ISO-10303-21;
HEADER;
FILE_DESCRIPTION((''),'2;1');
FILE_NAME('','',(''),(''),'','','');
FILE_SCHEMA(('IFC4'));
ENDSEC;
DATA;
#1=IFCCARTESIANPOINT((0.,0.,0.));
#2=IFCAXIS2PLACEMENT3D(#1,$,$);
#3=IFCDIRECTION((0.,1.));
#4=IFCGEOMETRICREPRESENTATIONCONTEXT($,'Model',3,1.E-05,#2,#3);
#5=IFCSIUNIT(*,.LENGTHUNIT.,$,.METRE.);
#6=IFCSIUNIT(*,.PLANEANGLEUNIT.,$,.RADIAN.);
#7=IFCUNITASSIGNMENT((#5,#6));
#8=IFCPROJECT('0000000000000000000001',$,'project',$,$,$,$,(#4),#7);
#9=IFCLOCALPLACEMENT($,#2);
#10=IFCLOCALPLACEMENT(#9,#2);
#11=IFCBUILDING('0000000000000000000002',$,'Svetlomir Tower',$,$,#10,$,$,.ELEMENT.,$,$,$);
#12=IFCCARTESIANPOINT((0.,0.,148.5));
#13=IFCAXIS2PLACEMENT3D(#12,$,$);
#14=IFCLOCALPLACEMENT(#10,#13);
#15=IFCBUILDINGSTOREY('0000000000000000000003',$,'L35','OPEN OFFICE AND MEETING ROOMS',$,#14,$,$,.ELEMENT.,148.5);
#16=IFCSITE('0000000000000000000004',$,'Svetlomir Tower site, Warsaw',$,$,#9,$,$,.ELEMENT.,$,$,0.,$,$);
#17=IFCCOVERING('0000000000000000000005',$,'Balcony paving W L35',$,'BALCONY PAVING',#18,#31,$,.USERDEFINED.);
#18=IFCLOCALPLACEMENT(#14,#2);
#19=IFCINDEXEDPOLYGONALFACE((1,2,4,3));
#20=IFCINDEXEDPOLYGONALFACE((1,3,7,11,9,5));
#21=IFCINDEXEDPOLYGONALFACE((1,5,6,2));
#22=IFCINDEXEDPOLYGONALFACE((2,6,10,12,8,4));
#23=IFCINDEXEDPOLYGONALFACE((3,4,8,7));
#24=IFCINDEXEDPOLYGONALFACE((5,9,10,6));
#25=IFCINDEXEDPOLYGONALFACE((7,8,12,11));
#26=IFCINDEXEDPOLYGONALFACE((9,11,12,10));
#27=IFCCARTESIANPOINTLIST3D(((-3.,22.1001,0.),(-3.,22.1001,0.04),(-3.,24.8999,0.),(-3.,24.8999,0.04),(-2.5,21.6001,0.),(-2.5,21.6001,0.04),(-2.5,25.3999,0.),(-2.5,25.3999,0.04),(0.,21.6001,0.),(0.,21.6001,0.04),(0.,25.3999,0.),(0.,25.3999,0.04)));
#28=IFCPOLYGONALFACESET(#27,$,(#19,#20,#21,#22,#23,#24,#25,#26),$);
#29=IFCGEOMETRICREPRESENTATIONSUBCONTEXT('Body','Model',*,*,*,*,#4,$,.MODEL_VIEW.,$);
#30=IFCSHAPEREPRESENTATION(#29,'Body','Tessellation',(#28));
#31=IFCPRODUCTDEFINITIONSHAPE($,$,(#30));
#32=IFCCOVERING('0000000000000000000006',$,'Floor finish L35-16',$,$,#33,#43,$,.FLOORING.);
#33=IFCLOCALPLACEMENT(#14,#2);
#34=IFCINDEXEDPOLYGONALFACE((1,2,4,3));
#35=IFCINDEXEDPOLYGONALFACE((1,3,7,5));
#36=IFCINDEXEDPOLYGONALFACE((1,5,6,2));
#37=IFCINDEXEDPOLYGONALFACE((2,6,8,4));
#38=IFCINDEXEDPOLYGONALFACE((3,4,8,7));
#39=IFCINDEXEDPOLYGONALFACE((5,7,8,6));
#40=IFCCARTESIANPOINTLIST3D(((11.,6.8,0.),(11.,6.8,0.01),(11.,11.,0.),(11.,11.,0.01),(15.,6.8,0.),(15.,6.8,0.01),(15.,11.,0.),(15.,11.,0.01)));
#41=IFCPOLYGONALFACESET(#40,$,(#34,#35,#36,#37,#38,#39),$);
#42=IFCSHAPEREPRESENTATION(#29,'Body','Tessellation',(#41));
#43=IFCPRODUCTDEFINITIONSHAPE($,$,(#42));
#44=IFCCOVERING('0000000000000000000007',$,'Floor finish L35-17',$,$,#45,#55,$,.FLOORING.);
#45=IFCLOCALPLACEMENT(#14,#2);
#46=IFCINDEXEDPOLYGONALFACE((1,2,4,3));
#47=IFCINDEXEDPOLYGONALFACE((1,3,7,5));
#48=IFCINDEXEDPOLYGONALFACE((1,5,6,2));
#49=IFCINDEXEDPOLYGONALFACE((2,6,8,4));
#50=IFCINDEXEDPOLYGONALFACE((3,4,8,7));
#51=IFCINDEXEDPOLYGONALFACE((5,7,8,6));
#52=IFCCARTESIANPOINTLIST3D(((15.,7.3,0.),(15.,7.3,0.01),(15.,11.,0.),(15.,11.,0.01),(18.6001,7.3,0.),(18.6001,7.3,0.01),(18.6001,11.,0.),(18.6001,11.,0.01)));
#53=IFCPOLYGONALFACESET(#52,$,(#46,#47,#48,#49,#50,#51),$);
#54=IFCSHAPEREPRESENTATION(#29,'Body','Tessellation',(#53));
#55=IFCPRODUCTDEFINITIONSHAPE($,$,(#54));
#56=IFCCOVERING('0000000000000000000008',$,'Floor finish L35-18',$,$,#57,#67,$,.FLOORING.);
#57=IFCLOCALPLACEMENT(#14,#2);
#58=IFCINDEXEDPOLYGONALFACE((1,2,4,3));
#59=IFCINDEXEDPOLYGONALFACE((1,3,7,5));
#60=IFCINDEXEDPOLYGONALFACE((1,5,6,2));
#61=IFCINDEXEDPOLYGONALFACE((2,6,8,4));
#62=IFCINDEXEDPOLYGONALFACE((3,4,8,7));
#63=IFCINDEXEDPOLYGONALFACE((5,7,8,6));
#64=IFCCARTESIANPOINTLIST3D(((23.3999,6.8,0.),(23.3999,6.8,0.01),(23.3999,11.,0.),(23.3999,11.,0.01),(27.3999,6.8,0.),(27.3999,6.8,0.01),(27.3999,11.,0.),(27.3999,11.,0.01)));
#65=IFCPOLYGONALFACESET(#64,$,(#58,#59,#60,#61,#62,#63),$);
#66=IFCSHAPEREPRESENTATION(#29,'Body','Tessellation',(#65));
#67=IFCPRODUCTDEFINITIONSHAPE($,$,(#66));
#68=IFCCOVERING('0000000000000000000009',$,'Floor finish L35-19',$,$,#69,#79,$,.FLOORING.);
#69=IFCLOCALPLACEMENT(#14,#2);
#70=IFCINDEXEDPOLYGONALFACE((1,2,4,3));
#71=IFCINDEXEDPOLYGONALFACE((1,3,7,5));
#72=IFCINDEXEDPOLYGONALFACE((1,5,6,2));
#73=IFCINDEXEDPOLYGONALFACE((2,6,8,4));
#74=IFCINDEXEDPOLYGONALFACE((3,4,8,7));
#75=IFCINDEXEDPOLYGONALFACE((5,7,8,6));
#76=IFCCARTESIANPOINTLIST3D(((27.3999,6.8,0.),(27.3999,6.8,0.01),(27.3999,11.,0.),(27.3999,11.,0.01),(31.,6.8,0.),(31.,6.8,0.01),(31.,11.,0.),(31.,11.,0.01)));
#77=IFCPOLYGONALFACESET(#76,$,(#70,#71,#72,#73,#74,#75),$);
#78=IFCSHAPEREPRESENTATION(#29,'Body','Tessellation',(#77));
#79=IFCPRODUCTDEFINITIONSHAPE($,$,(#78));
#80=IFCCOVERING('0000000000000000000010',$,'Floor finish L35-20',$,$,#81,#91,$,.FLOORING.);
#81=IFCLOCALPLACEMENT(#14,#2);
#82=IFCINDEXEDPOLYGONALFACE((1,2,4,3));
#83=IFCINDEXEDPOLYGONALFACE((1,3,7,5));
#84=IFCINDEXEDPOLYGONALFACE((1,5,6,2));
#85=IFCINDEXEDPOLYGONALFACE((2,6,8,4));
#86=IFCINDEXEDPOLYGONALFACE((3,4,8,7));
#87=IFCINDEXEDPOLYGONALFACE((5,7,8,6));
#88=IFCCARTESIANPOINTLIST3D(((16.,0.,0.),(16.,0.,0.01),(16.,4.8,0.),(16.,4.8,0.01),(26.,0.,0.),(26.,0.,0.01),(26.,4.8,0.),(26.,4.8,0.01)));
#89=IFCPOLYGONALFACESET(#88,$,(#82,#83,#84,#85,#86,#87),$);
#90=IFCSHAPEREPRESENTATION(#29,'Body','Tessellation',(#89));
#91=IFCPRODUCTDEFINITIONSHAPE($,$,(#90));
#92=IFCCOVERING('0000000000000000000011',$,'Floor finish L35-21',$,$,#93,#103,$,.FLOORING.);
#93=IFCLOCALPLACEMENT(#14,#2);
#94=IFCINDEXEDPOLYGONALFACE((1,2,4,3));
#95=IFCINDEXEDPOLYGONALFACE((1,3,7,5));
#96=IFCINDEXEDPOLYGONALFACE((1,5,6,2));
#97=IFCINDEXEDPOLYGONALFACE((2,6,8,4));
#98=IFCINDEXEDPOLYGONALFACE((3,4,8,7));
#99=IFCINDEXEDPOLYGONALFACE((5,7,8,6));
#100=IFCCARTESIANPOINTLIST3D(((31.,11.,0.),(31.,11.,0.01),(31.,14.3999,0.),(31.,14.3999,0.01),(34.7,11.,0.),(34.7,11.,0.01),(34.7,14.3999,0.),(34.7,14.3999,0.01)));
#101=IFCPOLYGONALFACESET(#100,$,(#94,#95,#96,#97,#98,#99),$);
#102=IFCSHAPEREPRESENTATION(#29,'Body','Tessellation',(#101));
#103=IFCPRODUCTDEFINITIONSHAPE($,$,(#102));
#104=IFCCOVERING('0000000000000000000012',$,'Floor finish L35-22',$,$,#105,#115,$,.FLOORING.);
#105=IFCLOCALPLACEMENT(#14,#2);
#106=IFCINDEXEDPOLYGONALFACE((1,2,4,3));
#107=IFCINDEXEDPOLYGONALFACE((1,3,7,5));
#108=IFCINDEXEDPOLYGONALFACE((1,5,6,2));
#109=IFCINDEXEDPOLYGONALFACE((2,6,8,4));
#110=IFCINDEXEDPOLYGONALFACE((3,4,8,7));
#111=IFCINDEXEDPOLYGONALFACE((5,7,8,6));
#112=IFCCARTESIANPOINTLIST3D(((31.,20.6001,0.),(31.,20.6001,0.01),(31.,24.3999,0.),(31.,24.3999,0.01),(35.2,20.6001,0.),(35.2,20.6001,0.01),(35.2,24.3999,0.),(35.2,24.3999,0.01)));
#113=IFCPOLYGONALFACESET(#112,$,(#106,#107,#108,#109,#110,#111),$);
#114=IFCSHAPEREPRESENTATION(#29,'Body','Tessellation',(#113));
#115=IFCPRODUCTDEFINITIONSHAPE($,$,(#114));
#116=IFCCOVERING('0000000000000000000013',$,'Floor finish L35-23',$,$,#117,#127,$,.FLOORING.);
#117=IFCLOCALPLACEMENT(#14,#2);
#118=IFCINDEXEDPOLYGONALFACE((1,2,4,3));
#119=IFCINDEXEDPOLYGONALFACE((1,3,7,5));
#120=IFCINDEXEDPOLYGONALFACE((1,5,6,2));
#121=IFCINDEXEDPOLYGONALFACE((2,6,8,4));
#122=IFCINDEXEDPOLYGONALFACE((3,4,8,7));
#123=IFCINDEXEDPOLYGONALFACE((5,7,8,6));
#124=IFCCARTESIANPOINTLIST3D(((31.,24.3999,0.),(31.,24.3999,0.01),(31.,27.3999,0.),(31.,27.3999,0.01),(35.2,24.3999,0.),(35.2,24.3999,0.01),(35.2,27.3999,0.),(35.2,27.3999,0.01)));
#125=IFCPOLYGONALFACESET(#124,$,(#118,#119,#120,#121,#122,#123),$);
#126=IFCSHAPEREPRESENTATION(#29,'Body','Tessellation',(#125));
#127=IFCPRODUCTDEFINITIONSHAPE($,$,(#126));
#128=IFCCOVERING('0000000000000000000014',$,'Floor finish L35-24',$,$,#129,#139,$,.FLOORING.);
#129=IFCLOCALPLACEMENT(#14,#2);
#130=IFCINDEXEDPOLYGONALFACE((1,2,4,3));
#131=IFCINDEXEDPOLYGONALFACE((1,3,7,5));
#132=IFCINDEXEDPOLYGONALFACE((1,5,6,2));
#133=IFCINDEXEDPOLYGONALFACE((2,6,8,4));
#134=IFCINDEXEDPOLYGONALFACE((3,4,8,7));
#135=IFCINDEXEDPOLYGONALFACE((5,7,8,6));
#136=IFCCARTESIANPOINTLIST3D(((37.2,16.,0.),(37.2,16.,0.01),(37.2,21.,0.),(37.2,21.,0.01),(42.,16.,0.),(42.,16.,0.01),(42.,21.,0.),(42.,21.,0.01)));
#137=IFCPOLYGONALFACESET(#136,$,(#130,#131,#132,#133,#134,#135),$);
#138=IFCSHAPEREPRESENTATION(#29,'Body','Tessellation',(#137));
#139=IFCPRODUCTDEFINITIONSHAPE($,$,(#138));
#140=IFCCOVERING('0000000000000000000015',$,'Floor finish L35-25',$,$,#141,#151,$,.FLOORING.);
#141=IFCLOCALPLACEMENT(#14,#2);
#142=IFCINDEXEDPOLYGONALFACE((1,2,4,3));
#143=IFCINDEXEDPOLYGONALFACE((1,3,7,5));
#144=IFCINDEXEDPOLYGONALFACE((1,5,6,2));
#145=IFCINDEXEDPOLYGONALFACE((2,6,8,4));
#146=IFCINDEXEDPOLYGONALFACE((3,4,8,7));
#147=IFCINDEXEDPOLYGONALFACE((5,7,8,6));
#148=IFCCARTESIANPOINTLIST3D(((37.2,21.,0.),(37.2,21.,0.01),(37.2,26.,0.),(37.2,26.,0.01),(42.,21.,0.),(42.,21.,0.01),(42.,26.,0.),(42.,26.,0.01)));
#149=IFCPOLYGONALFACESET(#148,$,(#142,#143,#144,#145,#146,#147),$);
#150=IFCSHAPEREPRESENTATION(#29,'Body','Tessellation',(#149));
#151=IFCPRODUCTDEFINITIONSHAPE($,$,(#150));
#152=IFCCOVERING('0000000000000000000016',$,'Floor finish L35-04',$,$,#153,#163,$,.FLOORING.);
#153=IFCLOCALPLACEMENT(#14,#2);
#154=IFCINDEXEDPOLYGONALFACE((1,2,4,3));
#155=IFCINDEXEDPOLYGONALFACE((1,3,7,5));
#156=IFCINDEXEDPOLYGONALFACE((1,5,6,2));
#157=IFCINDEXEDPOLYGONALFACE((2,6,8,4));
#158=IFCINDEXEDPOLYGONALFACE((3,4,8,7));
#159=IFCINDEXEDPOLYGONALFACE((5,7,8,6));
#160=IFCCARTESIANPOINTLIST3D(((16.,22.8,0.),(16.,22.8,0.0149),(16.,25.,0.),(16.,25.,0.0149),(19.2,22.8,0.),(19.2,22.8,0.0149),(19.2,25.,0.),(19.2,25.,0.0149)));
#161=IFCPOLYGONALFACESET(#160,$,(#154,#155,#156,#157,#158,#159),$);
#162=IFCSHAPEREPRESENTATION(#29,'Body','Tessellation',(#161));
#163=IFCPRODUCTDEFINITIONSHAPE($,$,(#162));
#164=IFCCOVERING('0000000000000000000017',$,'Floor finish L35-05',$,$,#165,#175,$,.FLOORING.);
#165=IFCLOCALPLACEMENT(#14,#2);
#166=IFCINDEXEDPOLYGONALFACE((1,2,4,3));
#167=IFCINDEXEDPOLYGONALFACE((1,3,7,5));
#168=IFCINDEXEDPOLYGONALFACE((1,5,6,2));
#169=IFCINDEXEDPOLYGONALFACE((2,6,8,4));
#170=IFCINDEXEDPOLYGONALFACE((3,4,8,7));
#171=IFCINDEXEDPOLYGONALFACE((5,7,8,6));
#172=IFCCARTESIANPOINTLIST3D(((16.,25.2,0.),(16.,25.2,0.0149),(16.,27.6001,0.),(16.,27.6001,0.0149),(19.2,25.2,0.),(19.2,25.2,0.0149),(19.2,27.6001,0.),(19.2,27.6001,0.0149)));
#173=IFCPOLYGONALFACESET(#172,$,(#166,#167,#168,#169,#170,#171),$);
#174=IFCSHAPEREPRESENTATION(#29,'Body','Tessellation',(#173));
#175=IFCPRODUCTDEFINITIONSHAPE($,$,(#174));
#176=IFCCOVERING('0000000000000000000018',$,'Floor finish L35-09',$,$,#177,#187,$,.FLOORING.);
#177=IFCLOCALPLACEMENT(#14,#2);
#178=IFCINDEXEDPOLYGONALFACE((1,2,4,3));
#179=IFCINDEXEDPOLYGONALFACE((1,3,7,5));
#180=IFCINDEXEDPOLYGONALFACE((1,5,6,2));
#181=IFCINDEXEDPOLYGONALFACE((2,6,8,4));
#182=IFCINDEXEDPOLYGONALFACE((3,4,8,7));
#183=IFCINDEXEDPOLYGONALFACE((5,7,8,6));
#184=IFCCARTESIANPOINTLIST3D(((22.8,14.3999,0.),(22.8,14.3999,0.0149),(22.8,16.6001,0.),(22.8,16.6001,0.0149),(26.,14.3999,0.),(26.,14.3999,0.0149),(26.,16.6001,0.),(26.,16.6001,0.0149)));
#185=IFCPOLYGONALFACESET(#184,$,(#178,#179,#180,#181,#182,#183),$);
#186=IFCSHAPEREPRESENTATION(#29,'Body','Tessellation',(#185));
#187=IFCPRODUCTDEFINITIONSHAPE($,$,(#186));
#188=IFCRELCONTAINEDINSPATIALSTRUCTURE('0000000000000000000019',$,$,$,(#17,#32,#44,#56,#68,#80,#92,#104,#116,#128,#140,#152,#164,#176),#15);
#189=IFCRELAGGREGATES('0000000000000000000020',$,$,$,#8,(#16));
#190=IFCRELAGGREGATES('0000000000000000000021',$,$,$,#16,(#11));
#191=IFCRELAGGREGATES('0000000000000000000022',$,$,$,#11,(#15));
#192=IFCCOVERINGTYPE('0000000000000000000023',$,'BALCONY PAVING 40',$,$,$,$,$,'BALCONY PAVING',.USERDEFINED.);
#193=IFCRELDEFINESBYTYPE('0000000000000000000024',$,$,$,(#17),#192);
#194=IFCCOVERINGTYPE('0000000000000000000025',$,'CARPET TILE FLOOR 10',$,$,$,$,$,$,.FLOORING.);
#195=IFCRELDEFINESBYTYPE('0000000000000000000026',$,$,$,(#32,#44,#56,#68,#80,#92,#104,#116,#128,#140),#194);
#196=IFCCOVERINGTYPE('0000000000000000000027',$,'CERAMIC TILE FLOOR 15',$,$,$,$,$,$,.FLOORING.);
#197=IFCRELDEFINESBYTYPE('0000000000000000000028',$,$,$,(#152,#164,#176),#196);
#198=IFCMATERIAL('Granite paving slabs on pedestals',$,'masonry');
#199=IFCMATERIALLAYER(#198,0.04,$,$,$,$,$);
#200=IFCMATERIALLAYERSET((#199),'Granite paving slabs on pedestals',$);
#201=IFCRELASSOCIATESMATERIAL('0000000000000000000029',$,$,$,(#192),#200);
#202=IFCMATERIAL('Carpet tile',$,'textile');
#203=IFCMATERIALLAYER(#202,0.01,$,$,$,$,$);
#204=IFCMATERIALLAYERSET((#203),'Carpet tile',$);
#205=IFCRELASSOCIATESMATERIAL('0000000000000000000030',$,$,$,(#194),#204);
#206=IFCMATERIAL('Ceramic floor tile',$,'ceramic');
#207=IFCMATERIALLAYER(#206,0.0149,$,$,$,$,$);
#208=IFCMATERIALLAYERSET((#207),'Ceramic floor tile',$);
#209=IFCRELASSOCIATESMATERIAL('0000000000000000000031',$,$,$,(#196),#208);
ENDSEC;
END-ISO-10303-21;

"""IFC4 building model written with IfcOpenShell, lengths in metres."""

from ifc_helpers import new_model, si_unit, direction, frame, origin, place, context, subcontext, project, spatial, polyline, outline, extrude, material, layer, layer_set, type_object, element, save


model = new_model("IFC4")

# Units and contexts
model_context = context("Model", 3, precision=1e-05, world=origin(), true_north=direction((0.0, 1.0)))
body_context = subcontext(model_context, "Body", "Model", "MODEL_VIEW")
ifc_project = project(units=[si_unit("LENGTHUNIT", "METRE"), si_unit("PLANEANGLEUNIT", "RADIAN")], contexts=[model_context])

# Site, building, storey
site_placement = place(None, origin())
site = spatial("IfcSite", under=ifc_project, at=site_placement, Name="Svetlomir Tower site, Warsaw", CompositionType="ELEMENT", RefElevation=0.0)
building_placement = place(site_placement, origin())
building = spatial("IfcBuilding", under=site, at=building_placement, Name="Svetlomir Tower", CompositionType="ELEMENT")
storey_placement = place(building_placement, frame((0.0, 0.0, 148.5)))
storey = spatial("IfcBuildingStorey", under=building, at=storey_placement, Name="L35", Description="OPEN OFFICE AND MEETING ROOMS", CompositionType="ELEMENT", Elevation=148.5)

# Coverings
ifc_material_1 = material(Name="Granite paving slabs on pedestals", Category="masonry")
ifc_layer_1 = layer(ifc_material_1, 0.04)
ifc_layer_set_1 = layer_set([ifc_layer_1], Name="Granite paving slabs on pedestals")
covering_type_1 = type_object("IfcCoveringType", Name="BALCONY PAVING 40", ElementType="BALCONY PAVING", PredefinedType="USERDEFINED", material=ifc_layer_set_1)
covering_1_placement = place(storey_placement, origin())
element("IfcCovering", 1, at=covering_1_placement, inside=storey, type_object=covering_type_1, Name="Balcony paving W L35", ObjectType="BALCONY PAVING", PredefinedType="USERDEFINED", context=body_context, shape_type="SweptSolid", body=[
    extrude(outline(polyline([(-2.5, 21.6001), (0.0, 21.6001), (0.0, 25.3999), (-2.5, 25.3999), (-3.0, 24.8999), (-3.0, 22.1001), (-2.5, 21.6001)])), origin(), (0.0, 0.0, 1.0), 0.04),
])
ifc_material_2 = material(Name="Carpet tile", Category="textile")
ifc_layer_2 = layer(ifc_material_2, 0.01)
ifc_layer_set_2 = layer_set([ifc_layer_2], Name="Carpet tile")
covering_type_2 = type_object("IfcCoveringType", Name="CARPET TILE FLOOR 10", PredefinedType="FLOORING", material=ifc_layer_set_2)
covering_2_placement = place(storey_placement, origin())
element("IfcCovering", 2, at=covering_2_placement, inside=storey, type_object=covering_type_2, Name="Floor finish L35-16", PredefinedType="FLOORING", context=body_context, shape_type="SweptSolid", body=[
    extrude(outline(polyline([(11.0, 6.8), (15.0, 6.8), (15.0, 11.0), (11.0, 11.0), (11.0, 6.8)])), origin(), (0.0, 0.0, 1.0), 0.01),
])
covering_3_placement = place(storey_placement, origin())
element("IfcCovering", 3, at=covering_3_placement, inside=storey, type_object=covering_type_2, Name="Floor finish L35-17", PredefinedType="FLOORING", context=body_context, shape_type="SweptSolid", body=[
    extrude(outline(polyline([(15.0, 7.3), (18.6001, 7.3), (18.6001, 11.0), (15.0, 11.0), (15.0, 7.3)])), origin(), (0.0, 0.0, 1.0), 0.01),
])
covering_4_placement = place(storey_placement, origin())
element("IfcCovering", 4, at=covering_4_placement, inside=storey, type_object=covering_type_2, Name="Floor finish L35-18", PredefinedType="FLOORING", context=body_context, shape_type="SweptSolid", body=[
    extrude(outline(polyline([(23.3999, 6.8), (27.3999, 6.8), (27.3999, 11.0), (23.3999, 11.0), (23.3999, 6.8)])), origin(), (0.0, 0.0, 1.0), 0.01),
])
covering_5_placement = place(storey_placement, origin())
element("IfcCovering", 5, at=covering_5_placement, inside=storey, type_object=covering_type_2, Name="Floor finish L35-19", PredefinedType="FLOORING", context=body_context, shape_type="SweptSolid", body=[
    extrude(outline(polyline([(27.3999, 6.8), (31.0, 6.8), (31.0, 11.0), (27.3999, 11.0), (27.3999, 6.8)])), origin(), (0.0, 0.0, 1.0), 0.01),
])
covering_6_placement = place(storey_placement, origin())
element("IfcCovering", 6, at=covering_6_placement, inside=storey, type_object=covering_type_2, Name="Floor finish L35-20", PredefinedType="FLOORING", context=body_context, shape_type="SweptSolid", body=[
    extrude(outline(polyline([(16.0, 0.0), (26.0, 0.0), (26.0, 4.8), (16.0, 4.8), (16.0, 0.0)])), origin(), (0.0, 0.0, 1.0), 0.01),
])
covering_7_placement = place(storey_placement, origin())
element("IfcCovering", 7, at=covering_7_placement, inside=storey, type_object=covering_type_2, Name="Floor finish L35-21", PredefinedType="FLOORING", context=body_context, shape_type="SweptSolid", body=[
    extrude(outline(polyline([(31.0, 11.0), (34.7, 11.0), (34.7, 14.3999), (31.0, 14.3999), (31.0, 11.0)])), origin(), (0.0, 0.0, 1.0), 0.01),
])
covering_8_placement = place(storey_placement, origin())
element("IfcCovering", 8, at=covering_8_placement, inside=storey, type_object=covering_type_2, Name="Floor finish L35-22", PredefinedType="FLOORING", context=body_context, shape_type="SweptSolid", body=[
    extrude(outline(polyline([(31.0, 20.6001), (35.2, 20.6001), (35.2, 24.3999), (31.0, 24.3999), (31.0, 20.6001)])), origin(), (0.0, 0.0, 1.0), 0.01),
])
covering_9_placement = place(storey_placement, origin())
element("IfcCovering", 9, at=covering_9_placement, inside=storey, type_object=covering_type_2, Name="Floor finish L35-23", PredefinedType="FLOORING", context=body_context, shape_type="SweptSolid", body=[
    extrude(outline(polyline([(31.0, 24.3999), (35.2, 24.3999), (35.2, 27.3999), (31.0, 27.3999), (31.0, 24.3999)])), origin(), (0.0, 0.0, 1.0), 0.01),
])
covering_10_placement = place(storey_placement, origin())
element("IfcCovering", 10, at=covering_10_placement, inside=storey, type_object=covering_type_2, Name="Floor finish L35-24", PredefinedType="FLOORING", context=body_context, shape_type="SweptSolid", body=[
    extrude(outline(polyline([(37.2, 16.0), (42.0, 16.0), (42.0, 21.0), (37.2, 21.0), (37.2, 16.0)])), origin(), (0.0, 0.0, 1.0), 0.01),
])
covering_11_placement = place(storey_placement, origin())
element("IfcCovering", 11, at=covering_11_placement, inside=storey, type_object=covering_type_2, Name="Floor finish L35-25", PredefinedType="FLOORING", context=body_context, shape_type="SweptSolid", body=[
    extrude(outline(polyline([(37.2, 21.0), (42.0, 21.0), (42.0, 26.0), (37.2, 26.0), (37.2, 21.0)])), origin(), (0.0, 0.0, 1.0), 0.01),
])
ifc_material_3 = material(Name="Ceramic floor tile", Category="ceramic")
ifc_layer_3 = layer(ifc_material_3, 0.0149)
ifc_layer_set_3 = layer_set([ifc_layer_3], Name="Ceramic floor tile")
covering_type_3 = type_object("IfcCoveringType", Name="CERAMIC TILE FLOOR 15", PredefinedType="FLOORING", material=ifc_layer_set_3)
covering_12_placement = place(storey_placement, origin())
element("IfcCovering", 12, at=covering_12_placement, inside=storey, type_object=covering_type_3, Name="Floor finish L35-04", PredefinedType="FLOORING", context=body_context, shape_type="SweptSolid", body=[
    extrude(outline(polyline([(16.0, 22.8), (19.2, 22.8), (19.2, 25.0), (16.0, 25.0), (16.0, 22.8)])), origin(), (0.0, 0.0, 1.0), 0.0149),
])
covering_13_placement = place(storey_placement, origin())
element("IfcCovering", 13, at=covering_13_placement, inside=storey, type_object=covering_type_3, Name="Floor finish L35-05", PredefinedType="FLOORING", context=body_context, shape_type="SweptSolid", body=[
    extrude(outline(polyline([(16.0, 25.2), (19.2, 25.2), (19.2, 27.6001), (16.0, 27.6001), (16.0, 25.2)])), origin(), (0.0, 0.0, 1.0), 0.0149),
])
covering_14_placement = place(storey_placement, origin())
element("IfcCovering", 14, at=covering_14_placement, inside=storey, type_object=covering_type_3, Name="Floor finish L35-09", PredefinedType="FLOORING", context=body_context, shape_type="SweptSolid", body=[
    extrude(outline(polyline([(22.8, 14.3999), (26.0, 14.3999), (26.0, 16.6001), (22.8, 16.6001), (22.8, 14.3999)])), origin(), (0.0, 0.0, 1.0), 0.0149),
])

save(model, "model.ifc")
